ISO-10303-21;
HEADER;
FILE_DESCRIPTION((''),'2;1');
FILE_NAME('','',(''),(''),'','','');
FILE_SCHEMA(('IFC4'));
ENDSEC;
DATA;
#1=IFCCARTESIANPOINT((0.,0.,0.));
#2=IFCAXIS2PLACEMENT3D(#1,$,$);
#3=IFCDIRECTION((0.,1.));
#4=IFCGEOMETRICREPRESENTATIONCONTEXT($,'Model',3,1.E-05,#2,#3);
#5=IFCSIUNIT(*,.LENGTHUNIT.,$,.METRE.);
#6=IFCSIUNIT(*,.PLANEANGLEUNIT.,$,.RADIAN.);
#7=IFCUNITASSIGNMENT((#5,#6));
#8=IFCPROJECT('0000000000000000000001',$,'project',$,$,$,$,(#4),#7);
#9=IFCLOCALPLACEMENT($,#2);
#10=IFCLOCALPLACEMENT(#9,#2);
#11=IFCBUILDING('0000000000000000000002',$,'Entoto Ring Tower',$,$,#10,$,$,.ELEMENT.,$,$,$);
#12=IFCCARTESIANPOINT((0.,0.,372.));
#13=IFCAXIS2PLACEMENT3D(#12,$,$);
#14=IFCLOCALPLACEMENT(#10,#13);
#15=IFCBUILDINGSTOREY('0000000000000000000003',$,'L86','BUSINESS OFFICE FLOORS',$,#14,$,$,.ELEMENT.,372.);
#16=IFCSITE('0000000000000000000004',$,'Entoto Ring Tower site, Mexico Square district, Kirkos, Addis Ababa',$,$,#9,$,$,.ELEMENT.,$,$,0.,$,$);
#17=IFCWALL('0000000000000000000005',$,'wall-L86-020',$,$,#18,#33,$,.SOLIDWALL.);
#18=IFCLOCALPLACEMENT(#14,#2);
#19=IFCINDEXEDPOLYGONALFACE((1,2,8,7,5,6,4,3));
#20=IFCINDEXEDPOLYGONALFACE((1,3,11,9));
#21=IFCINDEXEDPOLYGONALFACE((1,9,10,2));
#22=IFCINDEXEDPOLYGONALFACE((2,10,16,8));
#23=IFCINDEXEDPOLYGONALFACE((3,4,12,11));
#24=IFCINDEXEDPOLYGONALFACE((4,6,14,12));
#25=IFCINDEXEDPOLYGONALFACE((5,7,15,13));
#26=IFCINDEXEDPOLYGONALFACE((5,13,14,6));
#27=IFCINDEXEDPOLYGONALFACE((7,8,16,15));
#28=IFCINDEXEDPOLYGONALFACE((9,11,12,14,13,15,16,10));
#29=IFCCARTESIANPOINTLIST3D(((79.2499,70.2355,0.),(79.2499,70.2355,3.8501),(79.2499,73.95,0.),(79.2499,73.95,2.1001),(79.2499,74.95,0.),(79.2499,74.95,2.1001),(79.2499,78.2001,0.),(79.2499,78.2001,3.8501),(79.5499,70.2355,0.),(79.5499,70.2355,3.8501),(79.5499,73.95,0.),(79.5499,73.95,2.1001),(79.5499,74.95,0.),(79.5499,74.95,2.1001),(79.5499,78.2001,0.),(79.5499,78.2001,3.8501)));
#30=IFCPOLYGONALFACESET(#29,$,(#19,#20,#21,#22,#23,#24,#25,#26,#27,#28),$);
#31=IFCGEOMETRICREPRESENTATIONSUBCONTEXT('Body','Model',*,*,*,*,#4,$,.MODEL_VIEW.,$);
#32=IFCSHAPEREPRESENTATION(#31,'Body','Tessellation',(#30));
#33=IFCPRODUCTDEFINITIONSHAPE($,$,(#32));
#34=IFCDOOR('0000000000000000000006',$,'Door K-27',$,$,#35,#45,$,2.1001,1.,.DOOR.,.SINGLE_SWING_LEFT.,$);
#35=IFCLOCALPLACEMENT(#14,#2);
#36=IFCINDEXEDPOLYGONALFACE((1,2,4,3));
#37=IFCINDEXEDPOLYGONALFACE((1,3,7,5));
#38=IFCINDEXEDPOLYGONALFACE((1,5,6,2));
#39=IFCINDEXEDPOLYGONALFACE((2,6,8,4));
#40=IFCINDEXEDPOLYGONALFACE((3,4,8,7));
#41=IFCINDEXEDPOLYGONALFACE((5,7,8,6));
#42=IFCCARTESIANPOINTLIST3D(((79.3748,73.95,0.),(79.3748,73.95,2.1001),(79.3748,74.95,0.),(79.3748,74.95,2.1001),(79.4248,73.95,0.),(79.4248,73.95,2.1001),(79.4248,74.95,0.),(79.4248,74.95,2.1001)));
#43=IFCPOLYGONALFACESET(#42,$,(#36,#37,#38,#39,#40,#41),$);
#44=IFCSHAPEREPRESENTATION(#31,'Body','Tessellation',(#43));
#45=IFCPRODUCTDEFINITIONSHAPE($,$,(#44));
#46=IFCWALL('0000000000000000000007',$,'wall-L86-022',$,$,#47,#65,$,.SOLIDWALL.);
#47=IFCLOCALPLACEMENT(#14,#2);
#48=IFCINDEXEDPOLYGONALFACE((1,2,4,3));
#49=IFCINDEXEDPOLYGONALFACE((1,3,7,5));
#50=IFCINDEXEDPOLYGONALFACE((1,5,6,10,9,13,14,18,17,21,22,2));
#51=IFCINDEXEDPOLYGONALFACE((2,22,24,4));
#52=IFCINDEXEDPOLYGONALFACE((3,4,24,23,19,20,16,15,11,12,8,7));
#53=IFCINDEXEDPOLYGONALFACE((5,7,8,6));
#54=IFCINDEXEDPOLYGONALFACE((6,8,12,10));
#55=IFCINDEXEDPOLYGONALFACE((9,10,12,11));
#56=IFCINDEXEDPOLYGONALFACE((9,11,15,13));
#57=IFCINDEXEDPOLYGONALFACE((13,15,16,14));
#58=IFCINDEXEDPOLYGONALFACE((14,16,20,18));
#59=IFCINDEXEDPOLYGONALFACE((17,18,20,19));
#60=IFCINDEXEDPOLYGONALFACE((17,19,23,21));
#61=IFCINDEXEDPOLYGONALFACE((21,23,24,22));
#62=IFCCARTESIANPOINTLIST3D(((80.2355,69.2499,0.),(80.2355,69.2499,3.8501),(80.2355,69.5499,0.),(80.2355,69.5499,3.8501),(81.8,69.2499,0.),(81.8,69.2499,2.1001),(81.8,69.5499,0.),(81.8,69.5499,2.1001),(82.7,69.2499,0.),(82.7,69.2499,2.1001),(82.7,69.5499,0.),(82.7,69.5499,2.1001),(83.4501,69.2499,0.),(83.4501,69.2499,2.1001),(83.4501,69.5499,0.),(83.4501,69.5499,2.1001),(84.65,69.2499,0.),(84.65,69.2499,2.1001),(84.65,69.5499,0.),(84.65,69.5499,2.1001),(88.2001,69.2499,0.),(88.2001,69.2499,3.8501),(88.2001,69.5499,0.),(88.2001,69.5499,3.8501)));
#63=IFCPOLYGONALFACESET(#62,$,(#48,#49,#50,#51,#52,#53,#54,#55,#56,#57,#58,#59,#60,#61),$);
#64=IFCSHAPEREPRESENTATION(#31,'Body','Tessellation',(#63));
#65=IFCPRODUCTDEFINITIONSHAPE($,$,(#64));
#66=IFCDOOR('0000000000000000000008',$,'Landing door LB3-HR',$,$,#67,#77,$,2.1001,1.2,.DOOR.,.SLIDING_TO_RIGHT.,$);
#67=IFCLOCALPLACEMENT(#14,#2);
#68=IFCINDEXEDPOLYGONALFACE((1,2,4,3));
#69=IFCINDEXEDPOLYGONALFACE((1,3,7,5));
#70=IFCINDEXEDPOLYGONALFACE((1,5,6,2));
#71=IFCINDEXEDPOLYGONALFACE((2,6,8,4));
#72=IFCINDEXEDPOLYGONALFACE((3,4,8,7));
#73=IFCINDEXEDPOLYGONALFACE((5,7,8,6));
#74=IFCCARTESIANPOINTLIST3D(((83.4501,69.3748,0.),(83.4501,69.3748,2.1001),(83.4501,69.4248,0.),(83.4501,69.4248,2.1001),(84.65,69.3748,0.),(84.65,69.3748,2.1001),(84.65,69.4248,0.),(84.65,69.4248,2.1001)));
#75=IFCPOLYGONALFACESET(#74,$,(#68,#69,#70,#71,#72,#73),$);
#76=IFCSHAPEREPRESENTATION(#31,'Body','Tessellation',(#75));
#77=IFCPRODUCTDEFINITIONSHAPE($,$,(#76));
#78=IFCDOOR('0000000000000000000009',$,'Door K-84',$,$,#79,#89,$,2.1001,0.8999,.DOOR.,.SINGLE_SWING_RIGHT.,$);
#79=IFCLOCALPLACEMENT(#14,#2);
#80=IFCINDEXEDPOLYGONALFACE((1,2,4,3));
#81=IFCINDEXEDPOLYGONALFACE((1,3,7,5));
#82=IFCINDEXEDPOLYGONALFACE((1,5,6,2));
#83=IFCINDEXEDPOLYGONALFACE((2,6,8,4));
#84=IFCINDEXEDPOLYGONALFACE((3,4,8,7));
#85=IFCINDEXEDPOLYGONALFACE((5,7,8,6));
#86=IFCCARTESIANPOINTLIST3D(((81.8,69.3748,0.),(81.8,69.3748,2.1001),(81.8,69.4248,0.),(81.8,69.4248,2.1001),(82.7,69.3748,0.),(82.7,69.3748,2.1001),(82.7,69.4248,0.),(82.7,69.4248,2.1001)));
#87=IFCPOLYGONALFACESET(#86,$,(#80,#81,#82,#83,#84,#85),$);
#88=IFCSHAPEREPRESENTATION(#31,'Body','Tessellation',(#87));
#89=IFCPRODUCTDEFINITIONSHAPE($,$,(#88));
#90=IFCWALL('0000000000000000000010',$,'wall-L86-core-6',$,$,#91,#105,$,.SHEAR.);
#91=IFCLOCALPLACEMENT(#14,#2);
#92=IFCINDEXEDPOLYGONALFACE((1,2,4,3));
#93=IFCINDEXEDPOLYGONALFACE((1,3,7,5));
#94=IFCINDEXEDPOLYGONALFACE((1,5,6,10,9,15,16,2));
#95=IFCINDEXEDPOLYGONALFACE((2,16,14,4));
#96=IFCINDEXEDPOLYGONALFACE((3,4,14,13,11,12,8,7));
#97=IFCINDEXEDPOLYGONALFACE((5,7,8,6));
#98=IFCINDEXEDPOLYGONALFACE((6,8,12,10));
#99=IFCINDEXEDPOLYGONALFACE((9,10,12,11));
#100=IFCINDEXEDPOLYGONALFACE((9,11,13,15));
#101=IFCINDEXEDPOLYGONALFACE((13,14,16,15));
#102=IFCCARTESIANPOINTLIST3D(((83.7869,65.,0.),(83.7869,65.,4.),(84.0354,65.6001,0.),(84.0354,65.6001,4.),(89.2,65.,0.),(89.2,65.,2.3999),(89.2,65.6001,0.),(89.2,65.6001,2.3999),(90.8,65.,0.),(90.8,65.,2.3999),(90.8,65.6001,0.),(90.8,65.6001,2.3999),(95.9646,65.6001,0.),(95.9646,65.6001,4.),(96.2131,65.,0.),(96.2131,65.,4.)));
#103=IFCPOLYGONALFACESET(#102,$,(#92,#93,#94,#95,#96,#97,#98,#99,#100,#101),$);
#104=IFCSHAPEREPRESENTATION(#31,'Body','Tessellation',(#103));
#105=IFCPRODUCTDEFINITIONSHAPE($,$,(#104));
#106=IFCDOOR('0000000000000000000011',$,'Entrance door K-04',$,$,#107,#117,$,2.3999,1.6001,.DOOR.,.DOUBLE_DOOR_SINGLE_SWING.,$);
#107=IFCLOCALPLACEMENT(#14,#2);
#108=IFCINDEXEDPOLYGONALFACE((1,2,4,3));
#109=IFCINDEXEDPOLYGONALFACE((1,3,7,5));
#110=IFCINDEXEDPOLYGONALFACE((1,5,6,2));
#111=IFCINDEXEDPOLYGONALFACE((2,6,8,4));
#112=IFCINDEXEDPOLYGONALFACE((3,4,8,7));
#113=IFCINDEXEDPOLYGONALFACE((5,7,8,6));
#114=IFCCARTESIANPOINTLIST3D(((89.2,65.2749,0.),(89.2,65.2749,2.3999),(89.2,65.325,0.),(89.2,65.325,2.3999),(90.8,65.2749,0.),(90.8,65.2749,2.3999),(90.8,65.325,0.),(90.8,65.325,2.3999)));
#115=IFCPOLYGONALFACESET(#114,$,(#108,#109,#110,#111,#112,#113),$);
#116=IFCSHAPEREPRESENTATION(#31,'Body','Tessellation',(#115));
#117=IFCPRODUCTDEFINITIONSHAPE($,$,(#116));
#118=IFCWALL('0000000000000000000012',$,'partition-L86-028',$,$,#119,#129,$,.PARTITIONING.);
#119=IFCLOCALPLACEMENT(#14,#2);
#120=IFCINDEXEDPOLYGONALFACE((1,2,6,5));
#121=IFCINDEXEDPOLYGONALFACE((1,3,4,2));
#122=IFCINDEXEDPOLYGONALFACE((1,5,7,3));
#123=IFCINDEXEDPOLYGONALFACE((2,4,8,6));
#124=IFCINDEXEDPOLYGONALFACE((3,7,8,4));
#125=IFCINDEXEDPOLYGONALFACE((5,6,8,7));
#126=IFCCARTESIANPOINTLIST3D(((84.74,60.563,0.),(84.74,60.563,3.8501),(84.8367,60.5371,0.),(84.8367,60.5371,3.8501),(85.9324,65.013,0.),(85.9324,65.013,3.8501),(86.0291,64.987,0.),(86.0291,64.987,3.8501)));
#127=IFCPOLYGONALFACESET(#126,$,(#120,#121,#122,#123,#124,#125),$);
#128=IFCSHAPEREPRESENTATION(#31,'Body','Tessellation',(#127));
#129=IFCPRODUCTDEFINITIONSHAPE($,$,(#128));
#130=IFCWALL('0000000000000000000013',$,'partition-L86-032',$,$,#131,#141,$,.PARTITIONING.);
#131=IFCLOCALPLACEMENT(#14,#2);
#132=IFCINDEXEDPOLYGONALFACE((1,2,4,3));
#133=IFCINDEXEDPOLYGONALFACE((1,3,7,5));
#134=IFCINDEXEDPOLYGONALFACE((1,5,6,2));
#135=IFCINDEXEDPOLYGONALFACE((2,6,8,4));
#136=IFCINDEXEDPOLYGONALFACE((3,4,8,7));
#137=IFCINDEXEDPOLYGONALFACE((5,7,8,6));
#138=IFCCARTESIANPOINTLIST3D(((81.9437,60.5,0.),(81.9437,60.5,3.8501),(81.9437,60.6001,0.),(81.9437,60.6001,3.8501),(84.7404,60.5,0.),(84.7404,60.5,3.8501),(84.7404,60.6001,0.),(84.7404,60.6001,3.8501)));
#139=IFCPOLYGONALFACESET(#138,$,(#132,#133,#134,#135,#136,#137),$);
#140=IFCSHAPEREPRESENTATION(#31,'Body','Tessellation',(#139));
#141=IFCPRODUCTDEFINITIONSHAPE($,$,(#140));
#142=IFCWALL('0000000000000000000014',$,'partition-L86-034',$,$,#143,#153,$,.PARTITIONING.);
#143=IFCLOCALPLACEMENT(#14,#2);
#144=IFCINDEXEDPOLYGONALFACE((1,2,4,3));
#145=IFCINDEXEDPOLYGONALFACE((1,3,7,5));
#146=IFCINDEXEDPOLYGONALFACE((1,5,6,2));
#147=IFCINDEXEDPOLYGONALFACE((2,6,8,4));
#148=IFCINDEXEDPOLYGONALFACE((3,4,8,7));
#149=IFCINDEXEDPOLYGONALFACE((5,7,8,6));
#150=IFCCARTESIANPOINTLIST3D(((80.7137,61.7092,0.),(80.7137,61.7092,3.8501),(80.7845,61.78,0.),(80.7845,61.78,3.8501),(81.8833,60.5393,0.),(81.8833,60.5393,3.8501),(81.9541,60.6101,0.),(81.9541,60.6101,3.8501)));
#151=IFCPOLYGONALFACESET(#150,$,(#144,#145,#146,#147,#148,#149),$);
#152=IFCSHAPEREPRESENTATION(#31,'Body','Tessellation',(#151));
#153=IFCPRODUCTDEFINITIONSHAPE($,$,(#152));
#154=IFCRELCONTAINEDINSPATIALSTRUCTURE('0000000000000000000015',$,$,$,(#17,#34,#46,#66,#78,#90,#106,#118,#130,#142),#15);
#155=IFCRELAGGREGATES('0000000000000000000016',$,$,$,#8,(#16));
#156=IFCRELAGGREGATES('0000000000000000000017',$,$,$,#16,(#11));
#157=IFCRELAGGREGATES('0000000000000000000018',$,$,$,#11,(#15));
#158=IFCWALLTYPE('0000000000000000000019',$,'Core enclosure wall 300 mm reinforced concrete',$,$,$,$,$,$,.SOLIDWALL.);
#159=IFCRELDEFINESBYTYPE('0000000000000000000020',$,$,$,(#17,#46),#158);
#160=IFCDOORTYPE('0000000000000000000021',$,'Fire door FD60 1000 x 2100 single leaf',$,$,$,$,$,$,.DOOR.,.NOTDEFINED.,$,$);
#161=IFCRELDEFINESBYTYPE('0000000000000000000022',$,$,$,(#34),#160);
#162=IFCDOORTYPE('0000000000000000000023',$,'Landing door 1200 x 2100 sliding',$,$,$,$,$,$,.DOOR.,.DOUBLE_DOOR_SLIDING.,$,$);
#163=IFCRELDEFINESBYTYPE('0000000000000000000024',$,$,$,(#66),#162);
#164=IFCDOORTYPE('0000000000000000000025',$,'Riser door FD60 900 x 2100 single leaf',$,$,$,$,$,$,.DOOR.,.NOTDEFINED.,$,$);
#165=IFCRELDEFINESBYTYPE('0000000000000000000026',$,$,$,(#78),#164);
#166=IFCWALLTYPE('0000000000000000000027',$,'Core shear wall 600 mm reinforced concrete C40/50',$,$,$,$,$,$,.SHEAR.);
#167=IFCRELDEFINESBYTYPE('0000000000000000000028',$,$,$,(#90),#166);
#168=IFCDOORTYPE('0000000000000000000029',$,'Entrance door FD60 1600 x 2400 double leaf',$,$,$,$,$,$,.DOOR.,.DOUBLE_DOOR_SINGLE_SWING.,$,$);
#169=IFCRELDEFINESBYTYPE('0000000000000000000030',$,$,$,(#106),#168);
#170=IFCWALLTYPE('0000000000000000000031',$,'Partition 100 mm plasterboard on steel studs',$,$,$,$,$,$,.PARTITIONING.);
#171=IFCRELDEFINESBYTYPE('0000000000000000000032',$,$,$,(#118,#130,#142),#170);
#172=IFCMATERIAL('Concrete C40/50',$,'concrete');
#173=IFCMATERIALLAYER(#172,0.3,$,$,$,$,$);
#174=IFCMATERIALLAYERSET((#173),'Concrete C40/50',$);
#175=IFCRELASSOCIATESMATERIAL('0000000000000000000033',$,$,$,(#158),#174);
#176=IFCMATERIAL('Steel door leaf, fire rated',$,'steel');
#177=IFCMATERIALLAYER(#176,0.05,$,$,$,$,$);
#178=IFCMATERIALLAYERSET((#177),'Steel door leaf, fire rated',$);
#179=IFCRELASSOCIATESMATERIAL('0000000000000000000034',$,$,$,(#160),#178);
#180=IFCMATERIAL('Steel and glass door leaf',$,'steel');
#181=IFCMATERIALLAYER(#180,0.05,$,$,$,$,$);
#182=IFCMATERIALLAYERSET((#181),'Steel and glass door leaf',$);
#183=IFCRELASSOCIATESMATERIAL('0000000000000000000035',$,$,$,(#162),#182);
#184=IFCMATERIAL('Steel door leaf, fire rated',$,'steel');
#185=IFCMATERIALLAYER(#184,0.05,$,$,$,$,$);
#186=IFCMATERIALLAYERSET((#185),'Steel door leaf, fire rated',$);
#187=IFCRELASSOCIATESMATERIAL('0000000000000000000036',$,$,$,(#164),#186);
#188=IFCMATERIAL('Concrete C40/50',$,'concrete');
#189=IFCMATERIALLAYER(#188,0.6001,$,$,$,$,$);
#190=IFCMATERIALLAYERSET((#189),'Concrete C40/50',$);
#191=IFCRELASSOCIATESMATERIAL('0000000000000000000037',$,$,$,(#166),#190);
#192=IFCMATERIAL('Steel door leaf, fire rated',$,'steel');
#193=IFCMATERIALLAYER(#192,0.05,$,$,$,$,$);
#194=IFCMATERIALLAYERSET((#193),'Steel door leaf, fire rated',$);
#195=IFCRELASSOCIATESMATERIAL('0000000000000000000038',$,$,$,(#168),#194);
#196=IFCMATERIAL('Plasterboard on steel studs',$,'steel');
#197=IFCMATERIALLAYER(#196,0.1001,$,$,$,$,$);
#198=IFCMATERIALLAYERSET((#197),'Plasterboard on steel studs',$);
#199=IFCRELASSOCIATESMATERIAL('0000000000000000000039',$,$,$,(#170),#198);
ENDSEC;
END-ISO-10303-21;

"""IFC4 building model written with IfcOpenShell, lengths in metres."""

from ifc_helpers import new_model, si_unit, direction, frame, frame_2d, origin, place, context, subcontext, project, spatial, polyline, rectangle, outline, extrude, material, layer, layer_set, type_object, element, fill, save


model = new_model("IFC4")

# Units and contexts
model_context = context("Model", 3, precision=1e-05, world=origin(), true_north=direction((0.0, 1.0)))
body_context = subcontext(model_context, "Body", "Model", "MODEL_VIEW")
ifc_project = project(units=[si_unit("LENGTHUNIT", "METRE"), si_unit("PLANEANGLEUNIT", "RADIAN")], contexts=[model_context])

# Site, building, storey
site_placement = place(None, origin())
site = spatial("IfcSite", under=ifc_project, at=site_placement, Name="Entoto Ring Tower site, Mexico Square district, Kirkos, Addis Ababa", CompositionType="ELEMENT", RefElevation=0.0)
building_placement = place(site_placement, origin())
building = spatial("IfcBuilding", under=site, at=building_placement, Name="Entoto Ring Tower", CompositionType="ELEMENT")
storey_placement = place(building_placement, frame((0.0, 0.0, 372.0)))
storey = spatial("IfcBuildingStorey", under=building, at=storey_placement, Name="L86", Description="BUSINESS OFFICE FLOORS", CompositionType="ELEMENT", Elevation=372.0)

# Shared definitions
ifc_material_1 = material(Name="Concrete C40/50", Category="concrete")
ifc_layer_1 = layer(ifc_material_1, 0.3)
ifc_layer_set_1 = layer_set([ifc_layer_1], Name="Concrete C40/50")
wall_type_1 = type_object("IfcWallType", Name="Core enclosure wall 300 mm reinforced concrete", PredefinedType="SOLIDWALL", material=ifc_layer_set_1)

# Wall, opening, door
wall_1_placement = place(storey_placement, frame((79.3999, 70.2354, 0.0), z_axis=(0.0, 0.0, 1.0), x_axis=(0.0, 1.0, 0.0)))
wall_1 = element("IfcWall", 1, at=wall_1_placement, inside=storey, type_object=wall_type_1, Name="wall-L86-020", PredefinedType="SOLIDWALL", context=body_context, shape_type="SweptSolid", body=[
    extrude(rectangle(XDim=7.9646, YDim=0.3, at=frame_2d((3.9824, 0.0))), origin(), (0.0, 0.0, 1.0), 3.8501),
])
opening_1_placement = place(wall_1_placement, frame((3.7146, 0.0, 0.0)))
opening_1 = element("IfcOpeningElement", 2, at=opening_1_placement, cuts=wall_1, PredefinedType="OPENING", context=body_context, shape_type="SweptSolid", body=[
    extrude(rectangle(XDim=1.0, YDim=2.1001, at=frame_2d((0.5, 1.05))), frame((0.0, 0.1602, 0.0), z_axis=(0.0, -1.0, 0.0), x_axis=(1.0, 0.0, 0.0)), (0.0, 0.0, 1.0), 0.3201),
])
ifc_material_2 = material(Name="Steel door leaf, fire rated", Category="steel")
ifc_layer_2 = layer(ifc_material_2, 0.05)
ifc_layer_set_2 = layer_set([ifc_layer_2], Name="Steel door leaf, fire rated")
door_type_1 = type_object("IfcDoorType", Name="Fire door FD60 1000 x 2100 single leaf", OperationType="NOTDEFINED", PredefinedType="DOOR", material=ifc_layer_set_2)
door_1_placement = place(opening_1_placement, frame((1.0, 0.0, 0.0), z_axis=(0.0, 0.0, 1.0), x_axis=(-1.0, 0.0, 0.0)))
door_1 = element("IfcDoor", 3, at=door_1_placement, inside=storey, type_object=door_type_1, Name="Door K-27", OperationType="SINGLE_SWING_LEFT", OverallHeight=2.1001, OverallWidth=1.0, PredefinedType="DOOR", context=body_context, shape_type="SweptSolid", body=[
    extrude(rectangle(XDim=1.0, YDim=2.1001, at=frame_2d((0.5, 1.05))), frame((0.0, 0.0249, 0.0), z_axis=(0.0, -1.0, 0.0), x_axis=(1.0, 0.0, 0.0)), (0.0, 0.0, 1.0), 0.05),
])
fill(opening_1, door_1)

# Wall, openings, doors
wall_2_placement = place(storey_placement, frame((80.2354, 69.3999, 0.0), z_axis=(0.0, 0.0, 1.0), x_axis=(1.0, 0.0, 0.0)))
wall_2 = element("IfcWall", 4, at=wall_2_placement, inside=storey, type_object=wall_type_1, Name="wall-L86-022", PredefinedType="SOLIDWALL", context=body_context, shape_type="SweptSolid", body=[
    extrude(rectangle(XDim=7.9646, YDim=0.3, at=frame_2d((3.9824, 0.0))), origin(), (0.0, 0.0, 1.0), 3.8501),
])
opening_2_placement = place(wall_2_placement, frame((3.2146, 0.0, 0.0)))
opening_2 = element("IfcOpeningElement", 5, at=opening_2_placement, cuts=wall_2, PredefinedType="OPENING", context=body_context, shape_type="SweptSolid", body=[
    extrude(rectangle(XDim=1.2, YDim=2.1001, at=frame_2d((0.6001, 1.05))), frame((0.0, 0.1602, 0.0), z_axis=(0.0, -1.0, 0.0), x_axis=(1.0, 0.0, 0.0)), (0.0, 0.0, 1.0), 0.3201),
])
opening_3_placement = place(wall_2_placement, frame((1.5647, 0.0, 0.0)))
opening_3 = element("IfcOpeningElement", 6, at=opening_3_placement, cuts=wall_2, PredefinedType="OPENING", context=body_context, shape_type="SweptSolid", body=[
    extrude(rectangle(XDim=0.8999, YDim=2.1001, at=frame_2d((0.45, 1.05))), frame((0.0, 0.1602, 0.0), z_axis=(0.0, -1.0, 0.0), x_axis=(1.0, 0.0, 0.0)), (0.0, 0.0, 1.0), 0.3201),
])
ifc_material_3 = material(Name="Steel and glass door leaf", Category="steel")
ifc_layer_3 = layer(ifc_material_3, 0.05)
ifc_layer_set_3 = layer_set([ifc_layer_3], Name="Steel and glass door leaf")
door_type_2 = type_object("IfcDoorType", Name="Landing door 1200 x 2100 sliding", OperationType="DOUBLE_DOOR_SLIDING", PredefinedType="DOOR", material=ifc_layer_set_3)
door_2_placement = place(opening_2_placement, origin())
door_2 = element("IfcDoor", 7, at=door_2_placement, inside=storey, type_object=door_type_2, Name="Landing door LB3-HR", OperationType="SLIDING_TO_RIGHT", OverallHeight=2.1001, OverallWidth=1.2, PredefinedType="DOOR", context=body_context, shape_type="SweptSolid", body=[
    extrude(rectangle(XDim=1.2, YDim=2.1001, at=frame_2d((0.6001, 1.05))), frame((0.0, 0.0249, 0.0), z_axis=(0.0, -1.0, 0.0), x_axis=(1.0, 0.0, 0.0)), (0.0, 0.0, 1.0), 0.05),
])
fill(opening_2, door_2)
ifc_material_4 = material(Name="Steel door leaf, fire rated", Category="steel")
ifc_layer_4 = layer(ifc_material_4, 0.05)
ifc_layer_set_4 = layer_set([ifc_layer_4], Name="Steel door leaf, fire rated")
door_type_3 = type_object("IfcDoorType", Name="Riser door FD60 900 x 2100 single leaf", OperationType="NOTDEFINED", PredefinedType="DOOR", material=ifc_layer_set_4)
door_3_placement = place(opening_3_placement, origin())
door_3 = element("IfcDoor", 8, at=door_3_placement, inside=storey, type_object=door_type_3, Name="Door K-84", OperationType="SINGLE_SWING_RIGHT", OverallHeight=2.1001, OverallWidth=0.8999, PredefinedType="DOOR", context=body_context, shape_type="SweptSolid", body=[
    extrude(rectangle(XDim=0.8999, YDim=2.1001, at=frame_2d((0.45, 1.05))), frame((0.0, 0.0249, 0.0), z_axis=(0.0, -1.0, 0.0), x_axis=(1.0, 0.0, 0.0)), (0.0, 0.0, 1.0), 0.05),
])
fill(opening_3, door_3)

# Wall, opening, door
ifc_material_5 = material(Name="Concrete C40/50", Category="concrete")
ifc_layer_5 = layer(ifc_material_5, 0.6001)
ifc_layer_set_5 = layer_set([ifc_layer_5], Name="Concrete C40/50")
wall_type_2 = type_object("IfcWallType", Name="Core shear wall 600 mm reinforced concrete C40/50", PredefinedType="SHEAR", material=ifc_layer_set_5)
wall_3_placement = place(storey_placement, frame((83.9111, 65.3, 0.0), z_axis=(0.0, 0.0, 1.0), x_axis=(1.0, 0.0, 0.0)))
wall_3 = element("IfcWall", 9, at=wall_3_placement, inside=storey, type_object=wall_type_2, Name="wall-L86-core-6", PredefinedType="SHEAR", context=body_context, shape_type="SweptSolid", body=[
    extrude(outline(polyline([(-0.1243, -0.3), (12.302, -0.3), (12.0535, 0.3), (0.1243, 0.3), (-0.1243, -0.3)])), origin(), (0.0, 0.0, 1.0), 4.0),
])
opening_4_placement = place(wall_3_placement, frame((5.2888, 0.0, 0.0)))
opening_4 = element("IfcOpeningElement", 10, at=opening_4_placement, cuts=wall_3, PredefinedType="OPENING", context=body_context, shape_type="SweptSolid", body=[
    extrude(rectangle(XDim=1.6001, YDim=2.3999, at=frame_2d((0.8, 1.2))), frame((0.0, 0.3101, 0.0), z_axis=(0.0, -1.0, 0.0), x_axis=(1.0, 0.0, 0.0)), (0.0, 0.0, 1.0), 0.6201),
])
ifc_material_6 = material(Name="Steel door leaf, fire rated", Category="steel")
ifc_layer_6 = layer(ifc_material_6, 0.05)
ifc_layer_set_6 = layer_set([ifc_layer_6], Name="Steel door leaf, fire rated")
door_type_4 = type_object("IfcDoorType", Name="Entrance door FD60 1600 x 2400 double leaf", OperationType="DOUBLE_DOOR_SINGLE_SWING", PredefinedType="DOOR", material=ifc_layer_set_6)
door_4_placement = place(opening_4_placement, origin())
door_4 = element("IfcDoor", 11, at=door_4_placement, inside=storey, type_object=door_type_4, Name="Entrance door K-04", OperationType="DOUBLE_DOOR_SINGLE_SWING", OverallHeight=2.3999, OverallWidth=1.6001, PredefinedType="DOOR", context=body_context, shape_type="SweptSolid", body=[
    extrude(rectangle(XDim=1.6001, YDim=2.3999, at=frame_2d((0.8, 1.2))), frame((0.0, 0.0249, 0.0), z_axis=(0.0, -1.0, 0.0), x_axis=(1.0, 0.0, 0.0)), (0.0, 0.0, 1.0), 0.05),
])
fill(opening_4, door_4)

# Walls
ifc_material_7 = material(Name="Plasterboard on steel studs", Category="steel")
ifc_layer_7 = layer(ifc_material_7, 0.1001)
ifc_layer_set_7 = layer_set([ifc_layer_7], Name="Plasterboard on steel studs")
wall_type_3 = type_object("IfcWallType", Name="Partition 100 mm plasterboard on steel studs", PredefinedType="PARTITIONING", material=ifc_layer_set_7)
wall_4_placement = place(storey_placement, frame((84.7883, 60.55, 0.0), z_axis=(0.0, 0.0, 1.0), x_axis=(0.258823, 0.965925, 0.0)))
element("IfcWall", 12, at=wall_4_placement, inside=storey, type_object=wall_type_3, Name="partition-L86-028", PredefinedType="PARTITIONING", context=body_context, shape_type="SweptSolid", body=[
    extrude(rectangle(XDim=4.6069, YDim=0.1001, at=frame_2d((2.3035, 0.0))), origin(), (0.0, 0.0, 1.0), 3.8501),
])
wall_5_placement = place(storey_placement, frame((81.9436, 60.55, 0.0), z_axis=(0.0, 0.0, 1.0), x_axis=(1.0, 0.0, 0.0)))
element("IfcWall", 13, at=wall_5_placement, inside=storey, type_object=wall_type_3, Name="partition-L86-032", PredefinedType="PARTITIONING", context=body_context, shape_type="SweptSolid", body=[
    extrude(rectangle(XDim=2.7966, YDim=0.1001, at=frame_2d((1.3984, 0.0))), origin(), (0.0, 0.0, 1.0), 3.8501),
])
wall_6_placement = place(storey_placement, frame((81.9187, 60.5747, 0.0), z_axis=(0.0, 0.0, 1.0), x_axis=(-0.707033, 0.707181, 0.0)))
element("IfcWall", 14, at=wall_6_placement, inside=storey, type_object=wall_type_3, Name="partition-L86-034", PredefinedType="PARTITIONING", context=body_context, shape_type="SweptSolid", body=[
    extrude(rectangle(XDim=1.6543, YDim=0.1001, at=frame_2d((0.8271, 0.0))), origin(), (0.0, 0.0, 1.0), 3.8501),
])

save(model, "model.ifc")
